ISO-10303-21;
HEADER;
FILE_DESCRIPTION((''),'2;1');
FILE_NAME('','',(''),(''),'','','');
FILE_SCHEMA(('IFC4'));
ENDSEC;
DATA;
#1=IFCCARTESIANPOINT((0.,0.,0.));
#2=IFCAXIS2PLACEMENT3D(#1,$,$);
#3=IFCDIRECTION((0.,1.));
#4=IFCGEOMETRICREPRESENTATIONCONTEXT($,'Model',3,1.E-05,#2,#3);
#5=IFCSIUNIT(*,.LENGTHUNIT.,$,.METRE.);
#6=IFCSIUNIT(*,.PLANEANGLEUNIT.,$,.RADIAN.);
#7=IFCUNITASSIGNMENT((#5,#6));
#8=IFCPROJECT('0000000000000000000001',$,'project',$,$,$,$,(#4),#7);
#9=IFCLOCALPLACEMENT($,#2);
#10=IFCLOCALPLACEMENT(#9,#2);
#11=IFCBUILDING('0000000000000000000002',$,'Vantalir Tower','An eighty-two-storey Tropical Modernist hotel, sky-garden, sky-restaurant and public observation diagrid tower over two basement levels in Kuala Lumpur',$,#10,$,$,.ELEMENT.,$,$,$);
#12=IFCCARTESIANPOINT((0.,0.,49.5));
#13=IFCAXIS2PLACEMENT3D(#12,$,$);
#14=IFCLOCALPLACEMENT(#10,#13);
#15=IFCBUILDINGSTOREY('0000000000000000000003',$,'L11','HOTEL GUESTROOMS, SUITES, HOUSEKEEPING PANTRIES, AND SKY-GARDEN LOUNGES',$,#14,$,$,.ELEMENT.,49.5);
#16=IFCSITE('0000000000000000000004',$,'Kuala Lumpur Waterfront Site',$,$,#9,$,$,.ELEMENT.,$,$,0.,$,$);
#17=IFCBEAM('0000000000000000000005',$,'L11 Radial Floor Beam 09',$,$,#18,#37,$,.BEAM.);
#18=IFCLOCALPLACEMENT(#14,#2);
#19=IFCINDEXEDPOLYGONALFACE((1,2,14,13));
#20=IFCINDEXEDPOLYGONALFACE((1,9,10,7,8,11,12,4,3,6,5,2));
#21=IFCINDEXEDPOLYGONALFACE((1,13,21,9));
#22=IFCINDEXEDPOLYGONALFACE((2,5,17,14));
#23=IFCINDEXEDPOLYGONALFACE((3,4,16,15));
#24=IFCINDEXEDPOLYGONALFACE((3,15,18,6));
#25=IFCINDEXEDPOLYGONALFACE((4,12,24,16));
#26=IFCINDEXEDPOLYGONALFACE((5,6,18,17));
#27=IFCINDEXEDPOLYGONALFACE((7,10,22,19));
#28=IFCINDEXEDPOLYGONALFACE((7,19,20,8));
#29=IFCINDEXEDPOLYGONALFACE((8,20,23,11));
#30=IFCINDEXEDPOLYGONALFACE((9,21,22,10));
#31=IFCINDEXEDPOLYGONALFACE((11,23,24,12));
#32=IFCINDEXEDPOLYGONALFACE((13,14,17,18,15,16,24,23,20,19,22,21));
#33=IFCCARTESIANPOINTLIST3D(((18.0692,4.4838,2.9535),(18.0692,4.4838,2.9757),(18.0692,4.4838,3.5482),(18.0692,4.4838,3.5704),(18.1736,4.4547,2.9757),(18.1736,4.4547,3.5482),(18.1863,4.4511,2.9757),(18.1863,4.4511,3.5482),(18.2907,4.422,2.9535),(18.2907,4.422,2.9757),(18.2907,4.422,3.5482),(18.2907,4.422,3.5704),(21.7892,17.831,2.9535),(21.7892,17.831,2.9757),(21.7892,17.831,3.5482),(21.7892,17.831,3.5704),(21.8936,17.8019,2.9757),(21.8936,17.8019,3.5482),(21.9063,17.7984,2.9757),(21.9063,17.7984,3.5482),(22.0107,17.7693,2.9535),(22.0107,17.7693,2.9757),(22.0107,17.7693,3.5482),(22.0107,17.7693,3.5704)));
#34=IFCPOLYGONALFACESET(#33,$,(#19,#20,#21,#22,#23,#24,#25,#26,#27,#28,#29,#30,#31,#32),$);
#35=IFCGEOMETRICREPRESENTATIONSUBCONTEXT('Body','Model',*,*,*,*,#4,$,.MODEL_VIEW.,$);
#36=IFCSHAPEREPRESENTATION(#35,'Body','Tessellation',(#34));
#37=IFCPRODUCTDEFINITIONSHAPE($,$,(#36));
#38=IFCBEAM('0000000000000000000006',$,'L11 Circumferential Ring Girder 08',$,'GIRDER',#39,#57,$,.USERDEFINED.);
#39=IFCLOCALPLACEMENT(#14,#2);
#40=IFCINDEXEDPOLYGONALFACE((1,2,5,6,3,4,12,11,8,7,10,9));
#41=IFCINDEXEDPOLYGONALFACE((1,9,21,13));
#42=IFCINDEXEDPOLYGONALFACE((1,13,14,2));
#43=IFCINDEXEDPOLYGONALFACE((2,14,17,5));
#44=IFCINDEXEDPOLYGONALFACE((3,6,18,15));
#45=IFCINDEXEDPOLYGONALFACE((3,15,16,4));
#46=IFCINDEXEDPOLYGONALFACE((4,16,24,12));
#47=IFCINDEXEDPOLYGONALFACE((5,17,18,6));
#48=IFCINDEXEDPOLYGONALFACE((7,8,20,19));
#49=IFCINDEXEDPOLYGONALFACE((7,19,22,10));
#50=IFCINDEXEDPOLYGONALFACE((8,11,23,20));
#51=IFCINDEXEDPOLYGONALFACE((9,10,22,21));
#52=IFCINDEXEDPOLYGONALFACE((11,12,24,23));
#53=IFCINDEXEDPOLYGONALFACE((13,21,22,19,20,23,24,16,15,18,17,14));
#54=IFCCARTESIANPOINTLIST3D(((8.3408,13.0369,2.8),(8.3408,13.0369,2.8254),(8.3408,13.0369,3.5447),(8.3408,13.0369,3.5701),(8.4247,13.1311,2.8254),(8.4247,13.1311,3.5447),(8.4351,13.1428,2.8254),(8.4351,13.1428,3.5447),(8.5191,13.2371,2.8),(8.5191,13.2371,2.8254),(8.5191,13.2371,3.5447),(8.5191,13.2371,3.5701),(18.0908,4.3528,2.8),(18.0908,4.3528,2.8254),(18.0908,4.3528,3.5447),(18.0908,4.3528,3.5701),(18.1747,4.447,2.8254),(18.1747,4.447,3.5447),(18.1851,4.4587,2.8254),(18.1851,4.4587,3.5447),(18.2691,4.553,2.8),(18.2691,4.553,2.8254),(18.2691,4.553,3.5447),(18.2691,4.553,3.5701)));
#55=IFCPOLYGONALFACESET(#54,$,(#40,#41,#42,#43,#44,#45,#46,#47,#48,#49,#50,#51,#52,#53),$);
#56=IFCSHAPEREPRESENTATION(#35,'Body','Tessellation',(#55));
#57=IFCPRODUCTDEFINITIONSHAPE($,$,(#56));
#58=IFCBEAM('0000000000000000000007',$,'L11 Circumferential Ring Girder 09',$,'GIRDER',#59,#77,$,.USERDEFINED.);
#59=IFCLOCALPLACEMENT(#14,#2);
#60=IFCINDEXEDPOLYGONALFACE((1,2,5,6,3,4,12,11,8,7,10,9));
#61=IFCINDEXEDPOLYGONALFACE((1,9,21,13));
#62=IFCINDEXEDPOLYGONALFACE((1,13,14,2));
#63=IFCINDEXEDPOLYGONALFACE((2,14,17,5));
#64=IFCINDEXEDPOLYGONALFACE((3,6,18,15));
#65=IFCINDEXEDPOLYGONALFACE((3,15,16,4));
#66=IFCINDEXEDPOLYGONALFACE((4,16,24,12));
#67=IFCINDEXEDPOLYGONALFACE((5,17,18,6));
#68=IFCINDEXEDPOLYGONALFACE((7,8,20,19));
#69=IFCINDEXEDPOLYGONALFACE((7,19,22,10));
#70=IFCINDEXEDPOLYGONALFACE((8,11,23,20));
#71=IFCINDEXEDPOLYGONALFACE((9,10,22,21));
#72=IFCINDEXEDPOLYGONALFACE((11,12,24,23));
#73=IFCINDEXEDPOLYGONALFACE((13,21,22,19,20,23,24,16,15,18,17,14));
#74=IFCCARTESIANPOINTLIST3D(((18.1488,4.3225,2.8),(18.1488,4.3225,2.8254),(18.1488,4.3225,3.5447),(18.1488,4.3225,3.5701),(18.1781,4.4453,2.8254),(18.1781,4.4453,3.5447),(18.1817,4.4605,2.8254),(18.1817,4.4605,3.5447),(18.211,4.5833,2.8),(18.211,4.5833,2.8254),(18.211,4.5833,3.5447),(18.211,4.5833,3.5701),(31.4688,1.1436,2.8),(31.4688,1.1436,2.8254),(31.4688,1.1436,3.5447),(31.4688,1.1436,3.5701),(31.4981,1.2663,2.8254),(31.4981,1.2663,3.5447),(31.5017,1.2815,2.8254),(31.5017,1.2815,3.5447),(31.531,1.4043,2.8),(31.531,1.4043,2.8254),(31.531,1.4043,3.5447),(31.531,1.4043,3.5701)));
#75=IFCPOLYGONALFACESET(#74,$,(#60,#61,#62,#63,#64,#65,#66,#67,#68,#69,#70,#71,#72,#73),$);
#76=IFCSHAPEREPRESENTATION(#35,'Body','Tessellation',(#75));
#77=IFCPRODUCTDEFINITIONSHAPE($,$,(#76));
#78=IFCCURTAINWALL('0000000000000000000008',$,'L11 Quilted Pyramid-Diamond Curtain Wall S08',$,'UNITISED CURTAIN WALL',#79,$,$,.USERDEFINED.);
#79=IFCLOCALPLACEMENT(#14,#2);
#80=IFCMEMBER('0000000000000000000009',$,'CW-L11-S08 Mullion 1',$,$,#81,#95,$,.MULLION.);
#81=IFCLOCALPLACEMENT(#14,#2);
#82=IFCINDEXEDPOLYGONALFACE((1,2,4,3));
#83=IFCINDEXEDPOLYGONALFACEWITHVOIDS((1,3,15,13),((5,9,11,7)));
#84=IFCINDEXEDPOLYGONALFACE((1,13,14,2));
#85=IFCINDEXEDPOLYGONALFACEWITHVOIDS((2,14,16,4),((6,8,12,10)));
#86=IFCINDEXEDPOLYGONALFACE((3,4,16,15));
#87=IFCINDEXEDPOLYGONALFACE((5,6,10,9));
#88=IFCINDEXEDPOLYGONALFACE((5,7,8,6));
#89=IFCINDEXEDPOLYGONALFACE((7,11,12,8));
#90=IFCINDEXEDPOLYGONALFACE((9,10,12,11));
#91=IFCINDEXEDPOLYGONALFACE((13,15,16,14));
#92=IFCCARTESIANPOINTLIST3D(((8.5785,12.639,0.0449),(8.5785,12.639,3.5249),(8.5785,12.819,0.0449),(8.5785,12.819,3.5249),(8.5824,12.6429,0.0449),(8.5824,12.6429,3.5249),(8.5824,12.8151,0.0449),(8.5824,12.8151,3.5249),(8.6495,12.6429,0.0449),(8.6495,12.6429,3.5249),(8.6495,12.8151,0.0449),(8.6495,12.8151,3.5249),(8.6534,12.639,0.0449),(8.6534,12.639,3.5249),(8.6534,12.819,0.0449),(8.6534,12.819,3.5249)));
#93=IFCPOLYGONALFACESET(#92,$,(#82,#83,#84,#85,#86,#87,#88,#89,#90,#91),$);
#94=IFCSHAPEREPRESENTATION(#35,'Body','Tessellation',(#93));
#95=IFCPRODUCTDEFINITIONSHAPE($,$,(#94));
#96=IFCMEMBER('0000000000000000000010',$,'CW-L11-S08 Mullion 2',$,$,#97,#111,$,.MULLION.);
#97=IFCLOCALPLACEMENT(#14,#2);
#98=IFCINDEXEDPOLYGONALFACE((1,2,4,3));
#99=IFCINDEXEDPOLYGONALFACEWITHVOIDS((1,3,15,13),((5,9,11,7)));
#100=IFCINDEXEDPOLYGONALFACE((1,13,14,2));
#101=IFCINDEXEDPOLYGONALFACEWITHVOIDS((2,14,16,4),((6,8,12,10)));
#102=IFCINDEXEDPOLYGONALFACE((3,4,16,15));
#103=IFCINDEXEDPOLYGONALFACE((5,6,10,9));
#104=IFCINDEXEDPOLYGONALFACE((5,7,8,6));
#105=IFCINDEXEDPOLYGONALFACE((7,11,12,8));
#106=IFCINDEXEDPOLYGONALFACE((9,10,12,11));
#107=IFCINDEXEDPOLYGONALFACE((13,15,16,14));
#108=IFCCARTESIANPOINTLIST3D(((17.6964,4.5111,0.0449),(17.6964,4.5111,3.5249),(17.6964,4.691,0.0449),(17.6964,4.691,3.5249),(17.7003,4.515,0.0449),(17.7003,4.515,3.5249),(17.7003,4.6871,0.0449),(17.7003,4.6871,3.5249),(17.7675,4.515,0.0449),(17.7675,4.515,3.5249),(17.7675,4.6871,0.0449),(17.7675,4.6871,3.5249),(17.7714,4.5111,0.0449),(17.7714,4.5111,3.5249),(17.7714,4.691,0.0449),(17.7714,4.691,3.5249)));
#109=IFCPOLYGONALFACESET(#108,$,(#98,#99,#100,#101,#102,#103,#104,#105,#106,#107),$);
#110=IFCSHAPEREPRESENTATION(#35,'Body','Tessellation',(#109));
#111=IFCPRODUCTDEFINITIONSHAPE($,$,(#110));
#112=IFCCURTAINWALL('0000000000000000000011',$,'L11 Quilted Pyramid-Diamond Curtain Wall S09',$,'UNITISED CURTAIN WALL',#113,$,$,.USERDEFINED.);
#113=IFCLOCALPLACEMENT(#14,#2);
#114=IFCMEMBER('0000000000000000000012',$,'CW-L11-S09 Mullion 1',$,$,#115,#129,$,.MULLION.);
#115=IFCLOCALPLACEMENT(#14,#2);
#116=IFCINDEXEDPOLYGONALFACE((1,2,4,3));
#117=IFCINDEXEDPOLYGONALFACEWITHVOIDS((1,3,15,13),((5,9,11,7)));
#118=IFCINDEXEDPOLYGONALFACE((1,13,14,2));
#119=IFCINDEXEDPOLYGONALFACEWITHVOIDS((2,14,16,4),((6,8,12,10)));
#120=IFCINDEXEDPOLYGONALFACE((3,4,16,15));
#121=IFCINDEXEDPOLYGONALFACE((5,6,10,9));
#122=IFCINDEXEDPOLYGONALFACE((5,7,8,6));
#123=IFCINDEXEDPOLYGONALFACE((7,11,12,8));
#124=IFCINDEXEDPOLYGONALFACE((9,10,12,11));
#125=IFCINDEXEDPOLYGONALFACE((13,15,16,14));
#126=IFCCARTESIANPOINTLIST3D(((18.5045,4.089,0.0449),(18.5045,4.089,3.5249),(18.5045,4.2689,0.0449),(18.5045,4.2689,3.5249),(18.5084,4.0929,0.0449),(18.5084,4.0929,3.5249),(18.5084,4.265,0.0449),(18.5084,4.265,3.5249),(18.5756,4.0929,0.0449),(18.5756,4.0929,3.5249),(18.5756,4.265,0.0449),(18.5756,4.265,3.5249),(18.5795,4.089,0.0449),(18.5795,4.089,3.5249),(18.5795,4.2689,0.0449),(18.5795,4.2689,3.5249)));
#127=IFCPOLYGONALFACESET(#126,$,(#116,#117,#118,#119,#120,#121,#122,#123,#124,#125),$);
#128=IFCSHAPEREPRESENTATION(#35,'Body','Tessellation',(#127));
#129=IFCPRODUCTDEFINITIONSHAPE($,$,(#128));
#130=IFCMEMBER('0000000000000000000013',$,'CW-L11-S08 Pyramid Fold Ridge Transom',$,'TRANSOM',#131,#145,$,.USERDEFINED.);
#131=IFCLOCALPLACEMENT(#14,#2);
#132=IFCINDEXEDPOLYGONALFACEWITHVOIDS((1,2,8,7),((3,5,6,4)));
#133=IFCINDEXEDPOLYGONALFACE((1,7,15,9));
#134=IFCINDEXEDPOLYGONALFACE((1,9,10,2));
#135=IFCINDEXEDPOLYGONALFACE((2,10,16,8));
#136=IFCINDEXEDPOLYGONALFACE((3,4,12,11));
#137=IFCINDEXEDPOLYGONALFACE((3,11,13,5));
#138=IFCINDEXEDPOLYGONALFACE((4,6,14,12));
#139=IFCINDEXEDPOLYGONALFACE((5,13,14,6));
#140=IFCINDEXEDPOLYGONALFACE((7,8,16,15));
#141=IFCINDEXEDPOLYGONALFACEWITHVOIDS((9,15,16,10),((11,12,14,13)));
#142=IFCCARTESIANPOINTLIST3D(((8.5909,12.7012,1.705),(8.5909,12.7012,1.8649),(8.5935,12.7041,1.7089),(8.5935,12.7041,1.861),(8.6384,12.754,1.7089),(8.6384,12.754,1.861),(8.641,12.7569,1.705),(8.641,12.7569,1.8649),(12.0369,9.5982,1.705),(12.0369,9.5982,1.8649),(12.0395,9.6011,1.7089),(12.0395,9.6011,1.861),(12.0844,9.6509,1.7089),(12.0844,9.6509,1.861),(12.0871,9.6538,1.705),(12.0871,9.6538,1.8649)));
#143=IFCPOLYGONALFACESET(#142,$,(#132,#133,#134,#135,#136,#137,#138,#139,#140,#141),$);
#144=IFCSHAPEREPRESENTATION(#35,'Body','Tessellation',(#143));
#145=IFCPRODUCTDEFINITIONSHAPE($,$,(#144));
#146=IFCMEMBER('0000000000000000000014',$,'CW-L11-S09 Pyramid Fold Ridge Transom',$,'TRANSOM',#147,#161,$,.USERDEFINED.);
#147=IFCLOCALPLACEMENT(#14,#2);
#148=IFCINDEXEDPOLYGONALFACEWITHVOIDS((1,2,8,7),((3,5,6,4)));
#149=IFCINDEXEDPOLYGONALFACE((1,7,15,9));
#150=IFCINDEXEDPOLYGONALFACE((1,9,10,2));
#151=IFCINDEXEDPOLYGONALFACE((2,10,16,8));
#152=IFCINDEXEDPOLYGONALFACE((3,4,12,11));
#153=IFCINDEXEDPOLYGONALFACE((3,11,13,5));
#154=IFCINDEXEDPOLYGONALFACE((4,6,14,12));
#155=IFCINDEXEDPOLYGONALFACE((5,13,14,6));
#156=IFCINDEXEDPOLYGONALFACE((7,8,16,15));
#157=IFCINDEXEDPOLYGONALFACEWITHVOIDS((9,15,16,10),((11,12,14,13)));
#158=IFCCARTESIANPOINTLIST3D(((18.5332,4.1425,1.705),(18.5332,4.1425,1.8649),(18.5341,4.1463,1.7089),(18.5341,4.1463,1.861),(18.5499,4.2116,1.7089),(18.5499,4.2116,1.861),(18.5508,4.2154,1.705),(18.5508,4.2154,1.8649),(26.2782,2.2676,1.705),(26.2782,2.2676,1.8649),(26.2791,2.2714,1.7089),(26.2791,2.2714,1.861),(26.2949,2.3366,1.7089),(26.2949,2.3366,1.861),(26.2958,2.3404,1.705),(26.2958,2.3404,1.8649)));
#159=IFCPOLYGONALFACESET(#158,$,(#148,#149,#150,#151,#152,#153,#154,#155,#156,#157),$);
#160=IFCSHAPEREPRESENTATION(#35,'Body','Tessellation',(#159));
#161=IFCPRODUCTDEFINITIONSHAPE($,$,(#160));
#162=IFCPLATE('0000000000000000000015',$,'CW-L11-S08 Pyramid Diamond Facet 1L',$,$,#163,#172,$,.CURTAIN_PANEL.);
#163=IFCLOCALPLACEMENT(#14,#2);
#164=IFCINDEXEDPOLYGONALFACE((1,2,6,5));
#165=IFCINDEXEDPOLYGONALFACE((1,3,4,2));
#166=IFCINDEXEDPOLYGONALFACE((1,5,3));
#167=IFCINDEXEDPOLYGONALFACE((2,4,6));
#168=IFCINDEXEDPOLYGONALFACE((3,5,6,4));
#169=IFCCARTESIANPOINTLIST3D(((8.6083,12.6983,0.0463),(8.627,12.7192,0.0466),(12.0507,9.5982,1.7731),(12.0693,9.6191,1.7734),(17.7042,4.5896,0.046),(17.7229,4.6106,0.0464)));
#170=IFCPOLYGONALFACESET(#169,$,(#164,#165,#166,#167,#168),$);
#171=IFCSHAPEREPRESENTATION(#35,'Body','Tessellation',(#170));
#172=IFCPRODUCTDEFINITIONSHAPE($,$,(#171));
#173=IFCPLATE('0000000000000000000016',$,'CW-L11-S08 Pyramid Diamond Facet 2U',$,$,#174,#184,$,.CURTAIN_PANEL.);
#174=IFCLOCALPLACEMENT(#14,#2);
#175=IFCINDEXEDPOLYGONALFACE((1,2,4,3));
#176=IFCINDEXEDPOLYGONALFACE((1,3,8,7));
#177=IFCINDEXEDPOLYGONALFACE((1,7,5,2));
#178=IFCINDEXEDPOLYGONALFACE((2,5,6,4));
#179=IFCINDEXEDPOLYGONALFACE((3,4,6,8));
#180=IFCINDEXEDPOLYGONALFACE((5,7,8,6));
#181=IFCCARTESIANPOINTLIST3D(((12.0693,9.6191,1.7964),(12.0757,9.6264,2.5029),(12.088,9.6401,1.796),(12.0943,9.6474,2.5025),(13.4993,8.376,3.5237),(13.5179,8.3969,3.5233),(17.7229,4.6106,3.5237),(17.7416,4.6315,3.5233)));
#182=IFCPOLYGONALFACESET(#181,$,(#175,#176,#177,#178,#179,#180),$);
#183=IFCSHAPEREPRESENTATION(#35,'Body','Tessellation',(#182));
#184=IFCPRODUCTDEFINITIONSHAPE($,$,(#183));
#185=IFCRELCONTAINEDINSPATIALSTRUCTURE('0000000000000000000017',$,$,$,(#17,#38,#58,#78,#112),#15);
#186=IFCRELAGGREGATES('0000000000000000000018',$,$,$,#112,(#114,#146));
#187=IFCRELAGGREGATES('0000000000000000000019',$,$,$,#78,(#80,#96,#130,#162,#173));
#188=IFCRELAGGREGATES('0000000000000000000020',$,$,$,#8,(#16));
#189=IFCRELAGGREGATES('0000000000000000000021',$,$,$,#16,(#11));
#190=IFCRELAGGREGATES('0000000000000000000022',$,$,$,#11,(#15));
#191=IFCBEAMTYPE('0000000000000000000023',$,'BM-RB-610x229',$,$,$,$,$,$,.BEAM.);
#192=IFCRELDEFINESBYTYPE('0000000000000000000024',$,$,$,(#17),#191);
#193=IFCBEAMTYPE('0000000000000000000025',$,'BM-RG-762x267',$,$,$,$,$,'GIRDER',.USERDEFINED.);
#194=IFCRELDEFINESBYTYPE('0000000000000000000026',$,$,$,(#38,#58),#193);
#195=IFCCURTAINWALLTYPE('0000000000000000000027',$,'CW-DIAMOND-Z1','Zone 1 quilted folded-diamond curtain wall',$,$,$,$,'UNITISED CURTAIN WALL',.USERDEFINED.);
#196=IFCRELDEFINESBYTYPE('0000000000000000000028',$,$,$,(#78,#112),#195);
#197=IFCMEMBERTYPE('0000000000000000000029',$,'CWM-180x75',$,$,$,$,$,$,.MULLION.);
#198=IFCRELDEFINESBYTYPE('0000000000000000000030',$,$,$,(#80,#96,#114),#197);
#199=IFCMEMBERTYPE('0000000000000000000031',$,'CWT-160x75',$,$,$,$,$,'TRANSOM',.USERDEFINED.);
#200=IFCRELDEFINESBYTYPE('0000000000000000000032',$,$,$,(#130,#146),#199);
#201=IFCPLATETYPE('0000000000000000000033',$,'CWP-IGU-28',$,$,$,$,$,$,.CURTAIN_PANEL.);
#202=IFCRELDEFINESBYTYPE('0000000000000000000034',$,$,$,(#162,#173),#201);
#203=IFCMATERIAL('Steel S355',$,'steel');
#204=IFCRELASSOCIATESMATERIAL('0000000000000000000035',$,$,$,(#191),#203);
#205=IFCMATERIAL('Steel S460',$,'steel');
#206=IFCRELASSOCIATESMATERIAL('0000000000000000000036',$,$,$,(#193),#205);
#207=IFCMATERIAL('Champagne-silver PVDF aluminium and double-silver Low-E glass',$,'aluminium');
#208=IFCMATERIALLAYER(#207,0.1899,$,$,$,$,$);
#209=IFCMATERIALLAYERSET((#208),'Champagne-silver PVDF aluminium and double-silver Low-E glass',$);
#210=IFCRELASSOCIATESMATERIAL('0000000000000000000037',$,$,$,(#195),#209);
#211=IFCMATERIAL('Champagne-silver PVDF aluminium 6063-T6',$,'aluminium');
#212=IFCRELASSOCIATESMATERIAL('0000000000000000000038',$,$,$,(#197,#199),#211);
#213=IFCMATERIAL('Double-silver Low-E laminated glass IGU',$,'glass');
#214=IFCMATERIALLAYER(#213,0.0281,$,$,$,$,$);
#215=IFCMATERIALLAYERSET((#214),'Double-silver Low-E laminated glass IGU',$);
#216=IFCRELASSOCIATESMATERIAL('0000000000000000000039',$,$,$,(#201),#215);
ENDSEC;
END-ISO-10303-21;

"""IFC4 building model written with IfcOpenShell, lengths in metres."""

from ifc_helpers import new_model, si_unit, direction, frame, origin, origin_2d, place, context, subcontext, project, spatial, polyline, hollow_rectangle, i_section, outline, extrude, material, layer, layer_set, material_profile, profile_set, type_object, element, aggregate, save


model = new_model("IFC4")

# Units and contexts
model_context = context("Model", 3, precision=1e-05, world=origin(), true_north=direction((0.0, 1.0)))
body_context = subcontext(model_context, "Body", "Model", "MODEL_VIEW")
ifc_project = project(units=[si_unit("LENGTHUNIT", "METRE"), si_unit("PLANEANGLEUNIT", "RADIAN")], contexts=[model_context])

# Site, building, storey
site_placement = place(None, origin())
site = spatial("IfcSite", under=ifc_project, at=site_placement, Name="Kuala Lumpur Waterfront Site", CompositionType="ELEMENT", RefElevation=0.0)
building_placement = place(site_placement, origin())
building = spatial("IfcBuilding", under=site, at=building_placement, Name="Vantalir Tower", Description="An eighty-two-storey Tropical Modernist hotel, sky-garden, sky-restaurant and public observation diagrid tower over two basement levels in Kuala Lumpur", CompositionType="ELEMENT")
storey_placement = place(building_placement, frame((0.0, 0.0, 49.5)))
storey = spatial("IfcBuildingStorey", under=building, at=storey_placement, Name="L11", Description="HOTEL GUESTROOMS, SUITES, HOUSEKEEPING PANTRIES, AND SKY-GARDEN LOUNGES", CompositionType="ELEMENT", Elevation=49.5)

# Shared definitions
ifc_material_1 = material(Name="Steel S460", Category="steel")

# Beams
ifc_material_2 = material(Name="Steel S355", Category="steel")
ifc_material_profile_1 = material_profile(ifc_material_2, i_section(OverallWidth=0.23, OverallDepth=0.6169, WebThickness=0.0132, FlangeThickness=0.0222, at=origin_2d()), Name="Steel S355")
ifc_profile_set_1 = profile_set([ifc_material_profile_1], Name="Steel S355")
beam_type_1 = type_object("IfcBeamType", Name="BM-RB-610x229", PredefinedType="BEAM", material=ifc_profile_set_1)
beam_1_placement = place(storey_placement, frame((18.1799, 4.4529, 3.262), z_axis=(0.268476, 0.963286, 0.0), x_axis=(-0.963286, 0.268476, 0.0)))
element("IfcBeam", 1, at=beam_1_placement, inside=storey, type_object=beam_type_1, Name="L11 Radial Floor Beam 09", PredefinedType="BEAM", context=body_context, shape_type="SweptSolid", body=[
    extrude(i_section(OverallWidth=0.23, OverallDepth=0.6169, WebThickness=0.0132, FlangeThickness=0.0222, at=origin_2d()), origin(), (0.0, 0.0, 1.0), 13.856),
])
ifc_material_profile_2 = material_profile(ifc_material_1, i_section(OverallWidth=0.2681, OverallDepth=0.77, WebThickness=0.0156, FlangeThickness=0.0254, at=origin_2d()), Name="Steel S460")
ifc_profile_set_2 = profile_set([ifc_material_profile_2], Name="Steel S460")
beam_type_2 = type_object("IfcBeamType", Name="BM-RG-762x267", ElementType="GIRDER", PredefinedType="USERDEFINED", material=ifc_profile_set_2)
beam_2_placement = place(storey_placement, frame((8.4299, 13.137, 3.1851), z_axis=(0.746747, -0.665109, 0.0), x_axis=(0.665109, 0.746747, 0.0)))
element("IfcBeam", 2, at=beam_2_placement, inside=storey, type_object=beam_type_2, Name="L11 Circumferential Ring Girder 08", ObjectType="GIRDER", PredefinedType="USERDEFINED", context=body_context, shape_type="SweptSolid", body=[
    extrude(i_section(OverallWidth=0.2681, OverallDepth=0.77, WebThickness=0.0156, FlangeThickness=0.0254, at=origin_2d()), origin(), (0.0, 0.0, 1.0), 13.0566),
])
beam_3_placement = place(storey_placement, frame((18.1799, 4.4529, 3.1851), z_axis=(0.972683, -0.232139, 0.0), x_axis=(0.232139, 0.972683, 0.0)))
element("IfcBeam", 3, at=beam_3_placement, inside=storey, type_object=beam_type_2, Name="L11 Circumferential Ring Girder 09", ObjectType="GIRDER", PredefinedType="USERDEFINED", context=body_context, shape_type="SweptSolid", body=[
    extrude(i_section(OverallWidth=0.2681, OverallDepth=0.77, WebThickness=0.0156, FlangeThickness=0.0254, at=origin_2d()), origin(), (0.0, 0.0, 1.0), 13.6941),
])

# Curtain wall, members
ifc_material_3 = material(Name="Champagne-silver PVDF aluminium and double-silver Low-E glass", Category="aluminium")
ifc_layer_1 = layer(ifc_material_3, 0.1899)
ifc_layer_set_1 = layer_set([ifc_layer_1], Name="Champagne-silver PVDF aluminium and double-silver Low-E glass")
curtain_wall_type = type_object("IfcCurtainWallType", Name="CW-DIAMOND-Z1", Description="Zone 1 quilted folded-diamond curtain wall", ElementType="UNITISED CURTAIN WALL", PredefinedType="USERDEFINED", material=ifc_layer_set_1)
curtain_wall_1_placement = place(storey_placement, origin())
curtain_wall_1 = element("IfcCurtainWall", 4, at=curtain_wall_1_placement, inside=storey, type_object=curtain_wall_type, Name="L11 Quilted Pyramid-Diamond Curtain Wall S08", ObjectType="UNITISED CURTAIN WALL", PredefinedType="USERDEFINED")
ifc_material_4 = material(Name="Champagne-silver PVDF aluminium 6063-T6", Category="aluminium")
ifc_material_profile_3 = material_profile(ifc_material_4, hollow_rectangle(XDim=0.075, YDim=0.1799, WallThickness=0.0039, at=origin_2d()), Name="Champagne-silver PVDF aluminium 6063-T6")
ifc_profile_set_3 = profile_set([ifc_material_profile_3], Name="Champagne-silver PVDF aluminium 6063-T6")
member_type_1 = type_object("IfcMemberType", Name="CWM-180x75", PredefinedType="MULLION", material=ifc_profile_set_3)
member_1_placement = place(storey_placement, frame((8.616, 12.729, 0.0449), z_axis=(0.0, 0.0, 1.0), x_axis=(1.0, 0.0, 0.0)))
member_1 = element("IfcMember", 5, at=member_1_placement, type_object=member_type_1, Name="CW-L11-S08 Mullion 1", PredefinedType="MULLION", context=body_context, shape_type="SweptSolid", body=[
    extrude(hollow_rectangle(XDim=0.075, YDim=0.1799, WallThickness=0.0039, at=origin_2d()), origin(), (0.0, 0.0, 1.0), 3.48),
])
member_2_placement = place(storey_placement, frame((17.7339, 4.6011, 0.0449), z_axis=(0.0, 0.0, 1.0), x_axis=(1.0, 0.0, 0.0)))
member_2 = element("IfcMember", 6, at=member_2_placement, type_object=member_type_1, Name="CW-L11-S08 Mullion 2", PredefinedType="MULLION", context=body_context, shape_type="SweptSolid", body=[
    extrude(hollow_rectangle(XDim=0.075, YDim=0.1799, WallThickness=0.0039, at=origin_2d()), origin(), (0.0, 0.0, 1.0), 3.48),
])

# Curtain wall, member
curtain_wall_2_placement = place(storey_placement, origin())
curtain_wall_2 = element("IfcCurtainWall", 7, at=curtain_wall_2_placement, inside=storey, type_object=curtain_wall_type, Name="L11 Quilted Pyramid-Diamond Curtain Wall S09", ObjectType="UNITISED CURTAIN WALL", PredefinedType="USERDEFINED")
member_3_placement = place(storey_placement, frame((18.542, 4.179, 0.0449), z_axis=(0.0, 0.0, 1.0), x_axis=(1.0, 0.0, 0.0)))
member_3 = element("IfcMember", 8, at=member_3_placement, type_object=member_type_1, Name="CW-L11-S09 Mullion 1", PredefinedType="MULLION", context=body_context, shape_type="SweptSolid", body=[
    extrude(hollow_rectangle(XDim=0.075, YDim=0.1799, WallThickness=0.0039, at=origin_2d()), origin(), (0.0, 0.0, 1.0), 3.48),
])

# Members
ifc_material_profile_4 = material_profile(ifc_material_4, hollow_rectangle(XDim=0.075, YDim=0.1599, WallThickness=0.0039, at=origin_2d()), Name="Champagne-silver PVDF aluminium 6063-T6")
ifc_profile_set_4 = profile_set([ifc_material_profile_4], Name="Champagne-silver PVDF aluminium 6063-T6")
member_type_2 = type_object("IfcMemberType", Name="CWT-160x75", ElementType="TRANSOM", PredefinedType="USERDEFINED", material=ifc_profile_set_4)
member_4_placement = place(storey_placement, frame((8.616, 12.729, 1.7849), z_axis=(0.743124, -0.669154, 0.0), x_axis=(0.669154, 0.743124, 0.0)))
member_4 = element("IfcMember", 9, at=member_4_placement, type_object=member_type_2, Name="CW-L11-S08 Pyramid Fold Ridge Transom", ObjectType="TRANSOM", PredefinedType="USERDEFINED", context=body_context, shape_type="SweptSolid", body=[
    extrude(hollow_rectangle(XDim=0.075, YDim=0.1599, WallThickness=0.0039, at=origin_2d()), origin(), (0.0, 0.0, 1.0), 4.6372),
])
member_5_placement = place(storey_placement, frame((18.542, 4.179, 1.7849), z_axis=(0.971925, -0.235291, 0.0), x_axis=(0.235291, 0.971925, 0.0)))
member_5 = element("IfcMember", 10, at=member_5_placement, type_object=member_type_2, Name="CW-L11-S09 Pyramid Fold Ridge Transom", ObjectType="TRANSOM", PredefinedType="USERDEFINED", context=body_context, shape_type="SweptSolid", body=[
    extrude(hollow_rectangle(XDim=0.075, YDim=0.1599, WallThickness=0.0039, at=origin_2d()), origin(), (0.0, 0.0, 1.0), 7.9688),
])
aggregate(curtain_wall_2, [member_3, member_5])

# Plates
ifc_material_5 = material(Name="Double-silver Low-E laminated glass IGU", Category="glass")
ifc_layer_2 = layer(ifc_material_5, 0.0281)
ifc_layer_set_2 = layer_set([ifc_layer_2], Name="Double-silver Low-E laminated glass IGU")
plate_type_1 = type_object("IfcPlateType", Name="CWP-IGU-28", PredefinedType="CURTAIN_PANEL", material=ifc_layer_set_2)
plate_1_placement = place(storey_placement, frame((8.627, 12.7192, 0.0466), z_axis=(0.665373, 0.746388, 0.013555), x_axis=(0.746457, -0.665434, -0.00002)))
plate_1 = element("IfcPlate", 11, at=plate_1_placement, type_object=plate_type_1, Name="CW-L11-S08 Pyramid Diamond Facet 1L", PredefinedType="CURTAIN_PANEL", context=body_context, shape_type="SweptSolid", body=[
    extrude(outline(polyline([(0.0, 0.0), (12.1855, 0.0), (4.6325, -1.7271), (0.0, 0.0)])), origin(), (0.0, 0.0, -1.0), 0.0281),
])
plate_2_placement = place(storey_placement, frame((13.4993, 8.376, 3.5237), z_axis=(-0.665395, -0.746366, 0.013671), x_axis=(0.746436, -0.665457, 0.0)))
plate_2 = element("IfcPlate", 12, at=plate_2_placement, type_object=plate_type_1, Name="CW-L11-S08 Pyramid Diamond Facet 2U", PredefinedType="CURTAIN_PANEL", context=body_context, shape_type="SweptSolid", body=[
    extrude(outline(polyline([(0.0, 0.0), (5.6584, 0.0), (-1.8946, -1.7275), (-1.8948, -1.0208), (0.0, 0.0)])), origin(), (0.0, 0.0, -1.0), 0.0281),
])
aggregate(curtain_wall_1, [member_1, member_2, member_4, plate_1, plate_2])

save(model, "model.ifc")
